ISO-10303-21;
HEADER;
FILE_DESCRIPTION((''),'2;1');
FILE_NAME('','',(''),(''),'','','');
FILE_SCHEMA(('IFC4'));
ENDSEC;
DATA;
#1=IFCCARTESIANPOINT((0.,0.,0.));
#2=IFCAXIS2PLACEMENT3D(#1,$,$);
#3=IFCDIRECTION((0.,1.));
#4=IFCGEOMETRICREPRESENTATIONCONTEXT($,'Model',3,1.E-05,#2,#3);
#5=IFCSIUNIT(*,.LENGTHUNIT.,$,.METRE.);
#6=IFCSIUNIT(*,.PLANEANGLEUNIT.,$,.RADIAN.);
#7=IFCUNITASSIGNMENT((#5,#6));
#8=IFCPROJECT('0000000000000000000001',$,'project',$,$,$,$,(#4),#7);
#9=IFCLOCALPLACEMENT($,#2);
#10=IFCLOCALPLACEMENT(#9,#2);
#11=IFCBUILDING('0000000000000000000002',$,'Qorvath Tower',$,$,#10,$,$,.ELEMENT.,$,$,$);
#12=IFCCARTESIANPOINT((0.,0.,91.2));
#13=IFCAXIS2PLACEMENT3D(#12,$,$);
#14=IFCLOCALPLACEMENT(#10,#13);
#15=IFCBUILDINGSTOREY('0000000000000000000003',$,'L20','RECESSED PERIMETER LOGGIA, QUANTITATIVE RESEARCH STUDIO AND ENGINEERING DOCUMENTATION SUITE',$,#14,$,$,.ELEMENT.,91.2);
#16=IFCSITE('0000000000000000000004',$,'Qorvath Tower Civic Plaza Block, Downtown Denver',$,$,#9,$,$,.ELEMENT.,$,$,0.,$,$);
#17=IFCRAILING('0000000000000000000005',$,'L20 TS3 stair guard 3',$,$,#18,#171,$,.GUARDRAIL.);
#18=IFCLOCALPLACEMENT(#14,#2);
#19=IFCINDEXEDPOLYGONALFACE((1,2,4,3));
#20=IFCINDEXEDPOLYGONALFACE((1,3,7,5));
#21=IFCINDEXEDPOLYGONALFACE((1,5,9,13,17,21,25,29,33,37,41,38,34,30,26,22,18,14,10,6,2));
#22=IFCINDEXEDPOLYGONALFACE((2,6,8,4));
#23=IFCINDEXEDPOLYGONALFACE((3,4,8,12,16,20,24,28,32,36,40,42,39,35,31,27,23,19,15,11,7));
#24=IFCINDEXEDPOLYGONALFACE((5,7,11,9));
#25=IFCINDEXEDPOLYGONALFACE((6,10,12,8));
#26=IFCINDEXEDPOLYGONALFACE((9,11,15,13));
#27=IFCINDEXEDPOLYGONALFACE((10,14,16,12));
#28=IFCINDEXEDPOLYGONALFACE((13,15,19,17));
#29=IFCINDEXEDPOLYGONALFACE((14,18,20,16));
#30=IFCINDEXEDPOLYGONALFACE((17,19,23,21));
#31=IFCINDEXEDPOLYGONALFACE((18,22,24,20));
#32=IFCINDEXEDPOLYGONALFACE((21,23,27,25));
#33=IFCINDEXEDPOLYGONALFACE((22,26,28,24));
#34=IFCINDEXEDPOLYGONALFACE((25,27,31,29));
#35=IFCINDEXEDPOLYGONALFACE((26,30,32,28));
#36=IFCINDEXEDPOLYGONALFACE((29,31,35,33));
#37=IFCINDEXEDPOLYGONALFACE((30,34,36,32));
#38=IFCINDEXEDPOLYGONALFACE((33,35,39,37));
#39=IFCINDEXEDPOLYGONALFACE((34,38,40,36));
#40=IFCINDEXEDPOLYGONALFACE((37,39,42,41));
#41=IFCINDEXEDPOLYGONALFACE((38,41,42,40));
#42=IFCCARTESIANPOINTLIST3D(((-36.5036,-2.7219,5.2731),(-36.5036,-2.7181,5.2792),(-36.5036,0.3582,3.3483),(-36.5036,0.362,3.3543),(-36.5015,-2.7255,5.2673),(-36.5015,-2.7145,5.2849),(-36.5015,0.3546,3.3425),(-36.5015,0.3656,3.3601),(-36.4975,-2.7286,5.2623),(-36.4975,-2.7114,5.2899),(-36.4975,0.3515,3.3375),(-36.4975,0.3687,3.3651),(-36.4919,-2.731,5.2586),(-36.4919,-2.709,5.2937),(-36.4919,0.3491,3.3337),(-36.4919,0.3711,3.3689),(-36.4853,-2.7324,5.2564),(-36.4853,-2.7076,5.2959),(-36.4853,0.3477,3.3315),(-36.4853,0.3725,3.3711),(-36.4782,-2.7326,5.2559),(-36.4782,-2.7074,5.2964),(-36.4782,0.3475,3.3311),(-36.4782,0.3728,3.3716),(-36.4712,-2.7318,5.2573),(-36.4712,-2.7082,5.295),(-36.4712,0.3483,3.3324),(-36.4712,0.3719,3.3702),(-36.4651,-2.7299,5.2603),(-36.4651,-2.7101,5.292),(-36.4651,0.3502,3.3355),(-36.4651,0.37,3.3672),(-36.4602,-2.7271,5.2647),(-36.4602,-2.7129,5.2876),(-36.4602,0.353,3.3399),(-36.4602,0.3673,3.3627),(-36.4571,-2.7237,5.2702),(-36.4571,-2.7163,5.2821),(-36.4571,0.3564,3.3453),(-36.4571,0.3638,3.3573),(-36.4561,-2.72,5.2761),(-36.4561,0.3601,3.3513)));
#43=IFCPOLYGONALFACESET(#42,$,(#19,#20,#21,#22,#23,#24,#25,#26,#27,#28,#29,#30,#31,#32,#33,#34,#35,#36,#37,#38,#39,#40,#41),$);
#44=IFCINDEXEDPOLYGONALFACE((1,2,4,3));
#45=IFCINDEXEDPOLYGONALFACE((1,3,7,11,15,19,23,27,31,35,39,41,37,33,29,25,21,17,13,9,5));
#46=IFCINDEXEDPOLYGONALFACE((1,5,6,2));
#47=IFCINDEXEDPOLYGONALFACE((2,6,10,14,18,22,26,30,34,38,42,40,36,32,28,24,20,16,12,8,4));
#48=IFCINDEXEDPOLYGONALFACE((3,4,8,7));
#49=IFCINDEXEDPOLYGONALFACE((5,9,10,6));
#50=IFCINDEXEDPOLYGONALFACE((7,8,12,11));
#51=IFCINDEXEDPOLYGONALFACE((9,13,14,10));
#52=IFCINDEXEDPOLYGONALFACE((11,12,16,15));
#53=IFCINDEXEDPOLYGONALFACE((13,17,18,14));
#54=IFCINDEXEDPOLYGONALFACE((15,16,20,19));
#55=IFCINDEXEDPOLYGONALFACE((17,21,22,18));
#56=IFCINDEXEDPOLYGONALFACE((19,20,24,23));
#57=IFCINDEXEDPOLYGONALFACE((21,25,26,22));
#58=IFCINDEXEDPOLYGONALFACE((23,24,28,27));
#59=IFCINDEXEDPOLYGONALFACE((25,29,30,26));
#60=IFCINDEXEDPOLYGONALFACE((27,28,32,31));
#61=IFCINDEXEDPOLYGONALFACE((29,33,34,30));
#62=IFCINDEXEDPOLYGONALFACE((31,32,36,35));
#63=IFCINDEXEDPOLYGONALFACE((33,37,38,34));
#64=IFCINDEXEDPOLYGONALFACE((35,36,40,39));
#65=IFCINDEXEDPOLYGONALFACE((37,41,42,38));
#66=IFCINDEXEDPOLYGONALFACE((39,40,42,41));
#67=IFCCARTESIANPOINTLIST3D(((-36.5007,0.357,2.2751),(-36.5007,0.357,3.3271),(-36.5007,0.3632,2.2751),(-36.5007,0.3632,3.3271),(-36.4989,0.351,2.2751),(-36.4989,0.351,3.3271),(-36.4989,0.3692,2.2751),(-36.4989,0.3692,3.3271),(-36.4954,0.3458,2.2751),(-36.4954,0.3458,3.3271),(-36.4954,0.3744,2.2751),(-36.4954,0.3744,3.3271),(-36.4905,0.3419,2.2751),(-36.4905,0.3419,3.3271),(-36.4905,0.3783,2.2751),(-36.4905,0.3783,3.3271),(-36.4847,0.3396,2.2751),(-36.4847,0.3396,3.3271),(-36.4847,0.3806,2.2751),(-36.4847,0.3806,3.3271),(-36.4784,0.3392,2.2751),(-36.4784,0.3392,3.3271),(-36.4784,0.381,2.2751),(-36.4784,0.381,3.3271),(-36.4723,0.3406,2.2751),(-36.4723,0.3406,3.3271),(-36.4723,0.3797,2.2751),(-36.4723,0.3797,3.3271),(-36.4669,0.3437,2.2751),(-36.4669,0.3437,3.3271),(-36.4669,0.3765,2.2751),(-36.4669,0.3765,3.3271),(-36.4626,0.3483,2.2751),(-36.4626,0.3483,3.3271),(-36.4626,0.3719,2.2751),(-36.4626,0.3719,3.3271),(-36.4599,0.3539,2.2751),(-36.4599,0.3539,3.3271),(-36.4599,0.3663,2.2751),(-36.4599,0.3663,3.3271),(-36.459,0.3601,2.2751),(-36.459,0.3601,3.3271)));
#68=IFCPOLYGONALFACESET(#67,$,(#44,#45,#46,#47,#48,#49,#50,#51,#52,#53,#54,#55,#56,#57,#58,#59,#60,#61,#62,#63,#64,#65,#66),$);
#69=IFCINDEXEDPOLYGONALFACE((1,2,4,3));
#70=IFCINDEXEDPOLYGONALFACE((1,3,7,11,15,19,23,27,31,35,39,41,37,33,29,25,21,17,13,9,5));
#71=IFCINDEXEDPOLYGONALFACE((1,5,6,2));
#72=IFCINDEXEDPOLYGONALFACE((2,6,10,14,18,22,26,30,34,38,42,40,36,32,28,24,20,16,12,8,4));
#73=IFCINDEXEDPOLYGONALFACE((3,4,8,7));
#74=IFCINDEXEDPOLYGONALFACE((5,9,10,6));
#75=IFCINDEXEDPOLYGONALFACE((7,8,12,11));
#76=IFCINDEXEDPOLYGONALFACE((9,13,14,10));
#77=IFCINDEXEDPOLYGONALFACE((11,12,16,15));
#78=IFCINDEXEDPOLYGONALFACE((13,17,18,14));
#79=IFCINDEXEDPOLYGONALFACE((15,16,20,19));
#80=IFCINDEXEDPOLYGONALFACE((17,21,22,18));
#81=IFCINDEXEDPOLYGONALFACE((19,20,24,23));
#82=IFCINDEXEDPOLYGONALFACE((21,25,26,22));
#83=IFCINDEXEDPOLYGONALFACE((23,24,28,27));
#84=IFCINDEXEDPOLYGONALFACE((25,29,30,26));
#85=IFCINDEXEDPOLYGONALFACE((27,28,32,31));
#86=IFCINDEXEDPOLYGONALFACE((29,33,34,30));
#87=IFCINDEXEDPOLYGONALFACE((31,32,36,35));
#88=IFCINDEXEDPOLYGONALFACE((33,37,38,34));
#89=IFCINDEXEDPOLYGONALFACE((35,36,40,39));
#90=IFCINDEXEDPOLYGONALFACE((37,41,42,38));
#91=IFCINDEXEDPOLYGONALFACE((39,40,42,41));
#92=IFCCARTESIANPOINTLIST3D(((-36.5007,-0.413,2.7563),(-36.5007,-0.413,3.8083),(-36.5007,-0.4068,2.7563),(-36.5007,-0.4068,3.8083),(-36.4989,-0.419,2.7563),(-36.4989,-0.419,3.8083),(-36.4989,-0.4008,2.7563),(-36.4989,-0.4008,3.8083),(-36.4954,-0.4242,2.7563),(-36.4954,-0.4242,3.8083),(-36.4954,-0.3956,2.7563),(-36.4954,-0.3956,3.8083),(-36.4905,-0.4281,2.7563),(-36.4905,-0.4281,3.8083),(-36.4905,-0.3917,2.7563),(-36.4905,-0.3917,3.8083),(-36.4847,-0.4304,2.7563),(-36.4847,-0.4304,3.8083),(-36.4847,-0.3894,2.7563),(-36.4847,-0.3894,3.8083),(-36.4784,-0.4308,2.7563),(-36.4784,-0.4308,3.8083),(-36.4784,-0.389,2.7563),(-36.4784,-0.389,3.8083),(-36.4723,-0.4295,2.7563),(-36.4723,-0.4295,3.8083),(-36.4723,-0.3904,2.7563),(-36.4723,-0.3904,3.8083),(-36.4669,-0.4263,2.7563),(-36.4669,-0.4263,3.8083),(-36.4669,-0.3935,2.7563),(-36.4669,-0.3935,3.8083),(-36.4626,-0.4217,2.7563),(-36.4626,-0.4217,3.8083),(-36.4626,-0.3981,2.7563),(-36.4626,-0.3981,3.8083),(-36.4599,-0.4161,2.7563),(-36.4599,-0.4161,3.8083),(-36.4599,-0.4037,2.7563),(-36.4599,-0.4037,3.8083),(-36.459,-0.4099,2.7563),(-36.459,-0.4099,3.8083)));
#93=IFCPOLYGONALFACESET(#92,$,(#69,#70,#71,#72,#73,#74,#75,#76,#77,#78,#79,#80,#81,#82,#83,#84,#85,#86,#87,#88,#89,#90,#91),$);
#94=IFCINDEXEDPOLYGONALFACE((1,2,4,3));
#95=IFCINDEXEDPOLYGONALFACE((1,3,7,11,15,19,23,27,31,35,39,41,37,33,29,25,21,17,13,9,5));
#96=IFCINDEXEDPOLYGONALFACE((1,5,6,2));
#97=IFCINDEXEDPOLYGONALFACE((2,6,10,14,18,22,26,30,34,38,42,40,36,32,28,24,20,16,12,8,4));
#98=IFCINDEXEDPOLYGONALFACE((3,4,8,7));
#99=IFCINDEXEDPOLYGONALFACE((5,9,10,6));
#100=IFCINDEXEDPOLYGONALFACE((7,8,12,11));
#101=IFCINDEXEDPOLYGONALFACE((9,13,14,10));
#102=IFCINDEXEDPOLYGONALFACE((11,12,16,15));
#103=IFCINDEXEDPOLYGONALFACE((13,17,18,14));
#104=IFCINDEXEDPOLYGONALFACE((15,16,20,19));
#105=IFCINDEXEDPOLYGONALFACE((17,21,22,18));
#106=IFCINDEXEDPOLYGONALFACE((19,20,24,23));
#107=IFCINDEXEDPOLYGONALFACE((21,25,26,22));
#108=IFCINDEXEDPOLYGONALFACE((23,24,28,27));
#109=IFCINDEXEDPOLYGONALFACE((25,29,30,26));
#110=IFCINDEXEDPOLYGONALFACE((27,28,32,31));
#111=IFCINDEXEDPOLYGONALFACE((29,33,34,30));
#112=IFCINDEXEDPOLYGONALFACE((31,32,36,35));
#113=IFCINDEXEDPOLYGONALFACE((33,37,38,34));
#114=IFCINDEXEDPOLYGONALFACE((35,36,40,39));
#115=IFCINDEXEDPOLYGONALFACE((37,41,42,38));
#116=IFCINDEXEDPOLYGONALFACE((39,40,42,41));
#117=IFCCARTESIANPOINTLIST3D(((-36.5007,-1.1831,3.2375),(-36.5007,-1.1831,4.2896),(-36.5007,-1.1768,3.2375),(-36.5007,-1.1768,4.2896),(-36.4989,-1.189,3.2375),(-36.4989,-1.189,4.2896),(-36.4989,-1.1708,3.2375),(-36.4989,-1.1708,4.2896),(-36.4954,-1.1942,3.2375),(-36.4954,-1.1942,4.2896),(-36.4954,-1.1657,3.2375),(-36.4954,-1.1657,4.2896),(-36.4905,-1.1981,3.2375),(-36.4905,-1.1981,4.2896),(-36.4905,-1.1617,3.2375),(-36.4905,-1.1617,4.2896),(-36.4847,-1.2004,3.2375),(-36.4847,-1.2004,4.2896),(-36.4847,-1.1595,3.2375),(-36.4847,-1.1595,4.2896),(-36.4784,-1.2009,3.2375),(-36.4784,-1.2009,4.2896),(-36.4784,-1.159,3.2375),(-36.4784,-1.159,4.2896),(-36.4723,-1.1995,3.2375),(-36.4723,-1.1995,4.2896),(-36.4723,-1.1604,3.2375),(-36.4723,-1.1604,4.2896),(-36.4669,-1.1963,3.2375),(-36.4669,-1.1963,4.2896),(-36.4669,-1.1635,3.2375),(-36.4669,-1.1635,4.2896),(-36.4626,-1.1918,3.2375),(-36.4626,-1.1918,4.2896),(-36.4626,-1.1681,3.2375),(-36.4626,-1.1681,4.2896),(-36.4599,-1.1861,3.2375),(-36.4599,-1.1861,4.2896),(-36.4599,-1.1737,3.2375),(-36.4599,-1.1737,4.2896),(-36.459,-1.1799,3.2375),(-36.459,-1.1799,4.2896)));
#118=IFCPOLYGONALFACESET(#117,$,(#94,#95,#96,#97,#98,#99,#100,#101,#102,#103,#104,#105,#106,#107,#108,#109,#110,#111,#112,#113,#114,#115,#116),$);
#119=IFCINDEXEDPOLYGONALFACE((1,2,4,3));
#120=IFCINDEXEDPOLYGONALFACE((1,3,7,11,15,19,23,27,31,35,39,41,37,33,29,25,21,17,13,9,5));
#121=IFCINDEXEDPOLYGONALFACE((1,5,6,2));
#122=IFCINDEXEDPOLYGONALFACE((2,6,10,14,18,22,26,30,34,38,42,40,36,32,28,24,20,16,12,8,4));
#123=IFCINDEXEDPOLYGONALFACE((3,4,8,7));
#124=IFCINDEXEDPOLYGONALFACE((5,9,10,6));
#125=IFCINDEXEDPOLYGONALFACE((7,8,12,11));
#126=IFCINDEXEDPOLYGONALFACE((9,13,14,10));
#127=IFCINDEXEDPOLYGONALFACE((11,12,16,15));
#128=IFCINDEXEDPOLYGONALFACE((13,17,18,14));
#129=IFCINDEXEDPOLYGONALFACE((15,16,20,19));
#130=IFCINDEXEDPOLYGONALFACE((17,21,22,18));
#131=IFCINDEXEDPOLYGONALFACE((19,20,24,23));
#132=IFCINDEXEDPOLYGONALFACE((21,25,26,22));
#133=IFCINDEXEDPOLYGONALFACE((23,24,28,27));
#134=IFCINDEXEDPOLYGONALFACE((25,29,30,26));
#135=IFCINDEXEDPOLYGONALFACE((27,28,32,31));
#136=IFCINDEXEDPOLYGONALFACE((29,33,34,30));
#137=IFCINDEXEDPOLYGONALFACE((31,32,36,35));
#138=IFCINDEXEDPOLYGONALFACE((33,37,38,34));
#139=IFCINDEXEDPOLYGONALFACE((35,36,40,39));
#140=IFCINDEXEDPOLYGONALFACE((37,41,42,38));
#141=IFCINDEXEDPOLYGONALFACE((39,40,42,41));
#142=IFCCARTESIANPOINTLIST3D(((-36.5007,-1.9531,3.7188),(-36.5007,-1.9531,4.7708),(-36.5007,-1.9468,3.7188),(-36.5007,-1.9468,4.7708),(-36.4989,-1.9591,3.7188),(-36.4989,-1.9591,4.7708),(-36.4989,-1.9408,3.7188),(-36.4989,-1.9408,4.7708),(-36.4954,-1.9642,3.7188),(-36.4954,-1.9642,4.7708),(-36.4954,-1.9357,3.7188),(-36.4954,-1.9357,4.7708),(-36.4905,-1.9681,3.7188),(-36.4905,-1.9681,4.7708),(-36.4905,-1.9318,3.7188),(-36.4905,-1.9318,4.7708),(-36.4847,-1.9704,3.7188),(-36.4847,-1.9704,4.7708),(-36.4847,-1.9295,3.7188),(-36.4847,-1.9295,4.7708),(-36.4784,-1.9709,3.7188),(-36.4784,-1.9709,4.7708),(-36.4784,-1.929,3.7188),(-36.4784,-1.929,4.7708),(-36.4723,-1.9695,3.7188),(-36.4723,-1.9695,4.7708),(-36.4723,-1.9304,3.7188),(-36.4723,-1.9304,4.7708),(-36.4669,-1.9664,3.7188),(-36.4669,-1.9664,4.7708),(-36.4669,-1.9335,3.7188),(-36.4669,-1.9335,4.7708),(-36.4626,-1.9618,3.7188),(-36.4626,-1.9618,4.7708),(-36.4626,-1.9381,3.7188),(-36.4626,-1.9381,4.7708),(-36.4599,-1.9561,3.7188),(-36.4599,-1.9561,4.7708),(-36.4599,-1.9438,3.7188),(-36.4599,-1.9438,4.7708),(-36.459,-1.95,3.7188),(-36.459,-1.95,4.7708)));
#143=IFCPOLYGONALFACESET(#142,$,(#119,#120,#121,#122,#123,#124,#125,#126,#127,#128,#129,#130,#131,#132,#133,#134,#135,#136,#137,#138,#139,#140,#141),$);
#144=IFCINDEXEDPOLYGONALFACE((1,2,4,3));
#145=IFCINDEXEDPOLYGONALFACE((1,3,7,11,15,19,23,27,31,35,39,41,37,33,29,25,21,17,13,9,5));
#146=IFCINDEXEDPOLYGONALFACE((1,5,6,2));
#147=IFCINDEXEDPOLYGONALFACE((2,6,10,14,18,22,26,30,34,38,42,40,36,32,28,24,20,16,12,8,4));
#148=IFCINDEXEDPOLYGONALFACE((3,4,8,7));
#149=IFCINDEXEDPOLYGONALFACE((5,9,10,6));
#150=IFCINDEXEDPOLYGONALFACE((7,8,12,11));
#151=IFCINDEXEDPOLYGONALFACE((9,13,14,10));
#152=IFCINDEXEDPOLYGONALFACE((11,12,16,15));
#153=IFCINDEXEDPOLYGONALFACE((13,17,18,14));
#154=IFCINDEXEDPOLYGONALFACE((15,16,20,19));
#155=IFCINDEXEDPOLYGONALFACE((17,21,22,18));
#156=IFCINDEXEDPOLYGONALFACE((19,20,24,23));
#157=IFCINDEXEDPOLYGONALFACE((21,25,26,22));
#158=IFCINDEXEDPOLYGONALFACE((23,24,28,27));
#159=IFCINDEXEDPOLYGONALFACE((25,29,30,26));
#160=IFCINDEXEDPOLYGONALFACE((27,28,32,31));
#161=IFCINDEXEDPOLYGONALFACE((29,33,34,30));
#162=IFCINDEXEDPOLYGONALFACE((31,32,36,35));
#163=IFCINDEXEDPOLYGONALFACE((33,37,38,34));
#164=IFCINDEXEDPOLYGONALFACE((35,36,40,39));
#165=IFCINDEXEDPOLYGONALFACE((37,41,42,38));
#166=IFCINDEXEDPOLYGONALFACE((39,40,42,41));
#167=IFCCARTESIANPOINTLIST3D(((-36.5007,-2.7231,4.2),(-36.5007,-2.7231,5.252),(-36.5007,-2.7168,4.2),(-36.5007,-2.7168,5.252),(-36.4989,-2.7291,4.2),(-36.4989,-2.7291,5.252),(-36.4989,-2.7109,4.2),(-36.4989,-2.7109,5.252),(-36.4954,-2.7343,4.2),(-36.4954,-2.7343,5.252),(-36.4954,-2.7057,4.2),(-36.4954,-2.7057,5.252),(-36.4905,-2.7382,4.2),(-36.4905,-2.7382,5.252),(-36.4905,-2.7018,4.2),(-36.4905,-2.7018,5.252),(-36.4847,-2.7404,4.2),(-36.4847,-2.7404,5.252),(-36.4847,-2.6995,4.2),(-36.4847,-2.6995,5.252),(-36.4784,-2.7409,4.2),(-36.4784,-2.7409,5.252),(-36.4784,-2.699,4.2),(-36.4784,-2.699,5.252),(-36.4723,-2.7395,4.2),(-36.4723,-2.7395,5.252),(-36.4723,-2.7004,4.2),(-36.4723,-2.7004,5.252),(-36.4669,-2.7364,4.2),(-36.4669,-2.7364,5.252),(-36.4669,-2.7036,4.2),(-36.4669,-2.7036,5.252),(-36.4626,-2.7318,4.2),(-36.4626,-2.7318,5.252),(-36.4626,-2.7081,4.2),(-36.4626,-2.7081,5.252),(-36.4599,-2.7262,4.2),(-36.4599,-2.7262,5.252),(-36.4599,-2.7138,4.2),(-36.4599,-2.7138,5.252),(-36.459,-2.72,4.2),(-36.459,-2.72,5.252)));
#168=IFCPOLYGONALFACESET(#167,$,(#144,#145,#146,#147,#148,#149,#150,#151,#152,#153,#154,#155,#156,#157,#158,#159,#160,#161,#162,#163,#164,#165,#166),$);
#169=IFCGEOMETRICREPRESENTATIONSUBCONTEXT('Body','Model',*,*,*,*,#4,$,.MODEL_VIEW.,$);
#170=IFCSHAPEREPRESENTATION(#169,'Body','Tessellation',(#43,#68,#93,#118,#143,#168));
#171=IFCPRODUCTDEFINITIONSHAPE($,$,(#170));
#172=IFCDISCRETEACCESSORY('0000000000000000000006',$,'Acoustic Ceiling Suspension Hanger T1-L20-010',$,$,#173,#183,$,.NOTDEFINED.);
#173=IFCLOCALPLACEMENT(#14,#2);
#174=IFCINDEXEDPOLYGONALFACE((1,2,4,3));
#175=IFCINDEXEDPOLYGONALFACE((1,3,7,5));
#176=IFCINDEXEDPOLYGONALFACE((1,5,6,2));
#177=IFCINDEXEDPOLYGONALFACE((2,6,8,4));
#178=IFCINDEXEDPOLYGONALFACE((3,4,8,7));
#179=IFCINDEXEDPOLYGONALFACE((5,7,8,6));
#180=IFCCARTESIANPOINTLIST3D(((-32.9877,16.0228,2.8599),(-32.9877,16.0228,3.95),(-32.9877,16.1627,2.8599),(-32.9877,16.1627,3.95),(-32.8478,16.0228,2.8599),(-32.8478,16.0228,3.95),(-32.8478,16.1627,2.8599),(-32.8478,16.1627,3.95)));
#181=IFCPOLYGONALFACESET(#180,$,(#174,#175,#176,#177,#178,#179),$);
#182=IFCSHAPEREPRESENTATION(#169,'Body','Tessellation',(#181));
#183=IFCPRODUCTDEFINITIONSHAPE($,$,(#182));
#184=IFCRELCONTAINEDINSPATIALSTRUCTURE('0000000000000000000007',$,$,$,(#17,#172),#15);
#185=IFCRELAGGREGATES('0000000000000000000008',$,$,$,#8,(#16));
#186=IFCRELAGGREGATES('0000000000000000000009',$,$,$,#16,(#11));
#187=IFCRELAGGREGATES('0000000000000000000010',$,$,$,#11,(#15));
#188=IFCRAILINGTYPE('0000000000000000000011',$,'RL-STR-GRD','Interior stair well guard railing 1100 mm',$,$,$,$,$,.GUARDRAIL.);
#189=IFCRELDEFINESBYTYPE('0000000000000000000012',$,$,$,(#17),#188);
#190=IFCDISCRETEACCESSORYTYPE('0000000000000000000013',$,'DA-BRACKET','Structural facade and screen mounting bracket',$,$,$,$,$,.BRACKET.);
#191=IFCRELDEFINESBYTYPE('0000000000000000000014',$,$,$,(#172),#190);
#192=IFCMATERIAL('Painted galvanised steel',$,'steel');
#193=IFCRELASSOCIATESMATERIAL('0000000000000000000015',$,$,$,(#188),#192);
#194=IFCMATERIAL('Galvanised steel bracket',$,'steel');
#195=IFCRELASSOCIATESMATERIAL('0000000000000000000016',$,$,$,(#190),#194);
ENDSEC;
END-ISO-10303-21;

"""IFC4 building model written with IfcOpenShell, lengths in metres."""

from ifc_helpers import new_model, si_unit, direction, frame, origin, origin_2d, place, context, subcontext, project, spatial, rectangle, circle, extrude, material, type_object, element, save


model = new_model("IFC4")

# Units and contexts
model_context = context("Model", 3, precision=1e-05, world=origin(), true_north=direction((0.0, 1.0)))
body_context = subcontext(model_context, "Body", "Model", "MODEL_VIEW")
ifc_project = project(units=[si_unit("LENGTHUNIT", "METRE"), si_unit("PLANEANGLEUNIT", "RADIAN")], contexts=[model_context])

# Site, building, storey
site_placement = place(None, origin())
site = spatial("IfcSite", under=ifc_project, at=site_placement, Name="Qorvath Tower Civic Plaza Block, Downtown Denver", CompositionType="ELEMENT", RefElevation=0.0)
building_placement = place(site_placement, origin())
building = spatial("IfcBuilding", under=site, at=building_placement, Name="Qorvath Tower", CompositionType="ELEMENT")
storey_placement = place(building_placement, frame((0.0, 0.0, 91.2)))
storey = spatial("IfcBuildingStorey", under=building, at=storey_placement, Name="L20", Description="RECESSED PERIMETER LOGGIA, QUANTITATIVE RESEARCH STUDIO AND ENGINEERING DOCUMENTATION SUITE", CompositionType="ELEMENT", Elevation=91.2)

# Railing
ifc_material_1 = material(Name="Painted galvanised steel", Category="steel")
railing_type = type_object("IfcRailingType", Name="RL-STR-GRD", Description="Interior stair well guard railing 1100 mm", PredefinedType="GUARDRAIL", material=ifc_material_1)
railing_1_placement = place(storey_placement, frame((-36.48, 0.3601, 2.2751)))
element("IfcRailing", 1, at=railing_1_placement, inside=storey, type_object=railing_type, Name="L20 TS3 stair guard 3", PredefinedType="GUARDRAIL", context=body_context, shape_type="SweptSolid", body=[
    extrude(circle(Radius=0.0239, at=origin_2d()), frame((0.0, 0.0, 1.0762), z_axis=(0.0, -0.848029, 0.529951), x_axis=(1.0, 0.0, 0.0)), (0.0, 0.0, 1.0), 3.6321),
    extrude(circle(Radius=0.021, at=origin_2d()), origin(), (0.0, 0.0, 1.0), 1.052),
    extrude(circle(Radius=0.021, at=origin_2d()), frame((0.0, -0.77, 0.4812)), (0.0, 0.0, 1.0), 1.052),
    extrude(circle(Radius=0.021, at=origin_2d()), frame((0.0, -1.54, 0.9624)), (0.0, 0.0, 1.0), 1.052),
    extrude(circle(Radius=0.021, at=origin_2d()), frame((0.0, -2.3101, 1.4436)), (0.0, 0.0, 1.0), 1.052),
    extrude(circle(Radius=0.021, at=origin_2d()), frame((0.0, -3.0801, 1.9248)), (0.0, 0.0, 1.0), 1.052),
])

# Discrete accessory
ifc_material_2 = material(Name="Galvanised steel bracket", Category="steel")
discrete_accessory_type = type_object("IfcDiscreteAccessoryType", Name="DA-BRACKET", Description="Structural facade and screen mounting bracket", PredefinedType="BRACKET", material=ifc_material_2)
discrete_accessory_placement = place(storey_placement, frame((-32.9177, 16.0928, 2.8599), z_axis=(0.0, 0.0, 1.0), x_axis=(1.0, 0.0, 0.0)))
element("IfcDiscreteAccessory", 2, at=discrete_accessory_placement, inside=storey, type_object=discrete_accessory_type, Name="Acoustic Ceiling Suspension Hanger T1-L20-010", PredefinedType="NOTDEFINED", context=body_context, shape_type="SweptSolid", body=[
    extrude(rectangle(XDim=0.1399, YDim=0.1399, at=origin_2d()), origin(), (0.0, 0.0, 1.0), 1.0901),
])

save(model, "model.ifc")
